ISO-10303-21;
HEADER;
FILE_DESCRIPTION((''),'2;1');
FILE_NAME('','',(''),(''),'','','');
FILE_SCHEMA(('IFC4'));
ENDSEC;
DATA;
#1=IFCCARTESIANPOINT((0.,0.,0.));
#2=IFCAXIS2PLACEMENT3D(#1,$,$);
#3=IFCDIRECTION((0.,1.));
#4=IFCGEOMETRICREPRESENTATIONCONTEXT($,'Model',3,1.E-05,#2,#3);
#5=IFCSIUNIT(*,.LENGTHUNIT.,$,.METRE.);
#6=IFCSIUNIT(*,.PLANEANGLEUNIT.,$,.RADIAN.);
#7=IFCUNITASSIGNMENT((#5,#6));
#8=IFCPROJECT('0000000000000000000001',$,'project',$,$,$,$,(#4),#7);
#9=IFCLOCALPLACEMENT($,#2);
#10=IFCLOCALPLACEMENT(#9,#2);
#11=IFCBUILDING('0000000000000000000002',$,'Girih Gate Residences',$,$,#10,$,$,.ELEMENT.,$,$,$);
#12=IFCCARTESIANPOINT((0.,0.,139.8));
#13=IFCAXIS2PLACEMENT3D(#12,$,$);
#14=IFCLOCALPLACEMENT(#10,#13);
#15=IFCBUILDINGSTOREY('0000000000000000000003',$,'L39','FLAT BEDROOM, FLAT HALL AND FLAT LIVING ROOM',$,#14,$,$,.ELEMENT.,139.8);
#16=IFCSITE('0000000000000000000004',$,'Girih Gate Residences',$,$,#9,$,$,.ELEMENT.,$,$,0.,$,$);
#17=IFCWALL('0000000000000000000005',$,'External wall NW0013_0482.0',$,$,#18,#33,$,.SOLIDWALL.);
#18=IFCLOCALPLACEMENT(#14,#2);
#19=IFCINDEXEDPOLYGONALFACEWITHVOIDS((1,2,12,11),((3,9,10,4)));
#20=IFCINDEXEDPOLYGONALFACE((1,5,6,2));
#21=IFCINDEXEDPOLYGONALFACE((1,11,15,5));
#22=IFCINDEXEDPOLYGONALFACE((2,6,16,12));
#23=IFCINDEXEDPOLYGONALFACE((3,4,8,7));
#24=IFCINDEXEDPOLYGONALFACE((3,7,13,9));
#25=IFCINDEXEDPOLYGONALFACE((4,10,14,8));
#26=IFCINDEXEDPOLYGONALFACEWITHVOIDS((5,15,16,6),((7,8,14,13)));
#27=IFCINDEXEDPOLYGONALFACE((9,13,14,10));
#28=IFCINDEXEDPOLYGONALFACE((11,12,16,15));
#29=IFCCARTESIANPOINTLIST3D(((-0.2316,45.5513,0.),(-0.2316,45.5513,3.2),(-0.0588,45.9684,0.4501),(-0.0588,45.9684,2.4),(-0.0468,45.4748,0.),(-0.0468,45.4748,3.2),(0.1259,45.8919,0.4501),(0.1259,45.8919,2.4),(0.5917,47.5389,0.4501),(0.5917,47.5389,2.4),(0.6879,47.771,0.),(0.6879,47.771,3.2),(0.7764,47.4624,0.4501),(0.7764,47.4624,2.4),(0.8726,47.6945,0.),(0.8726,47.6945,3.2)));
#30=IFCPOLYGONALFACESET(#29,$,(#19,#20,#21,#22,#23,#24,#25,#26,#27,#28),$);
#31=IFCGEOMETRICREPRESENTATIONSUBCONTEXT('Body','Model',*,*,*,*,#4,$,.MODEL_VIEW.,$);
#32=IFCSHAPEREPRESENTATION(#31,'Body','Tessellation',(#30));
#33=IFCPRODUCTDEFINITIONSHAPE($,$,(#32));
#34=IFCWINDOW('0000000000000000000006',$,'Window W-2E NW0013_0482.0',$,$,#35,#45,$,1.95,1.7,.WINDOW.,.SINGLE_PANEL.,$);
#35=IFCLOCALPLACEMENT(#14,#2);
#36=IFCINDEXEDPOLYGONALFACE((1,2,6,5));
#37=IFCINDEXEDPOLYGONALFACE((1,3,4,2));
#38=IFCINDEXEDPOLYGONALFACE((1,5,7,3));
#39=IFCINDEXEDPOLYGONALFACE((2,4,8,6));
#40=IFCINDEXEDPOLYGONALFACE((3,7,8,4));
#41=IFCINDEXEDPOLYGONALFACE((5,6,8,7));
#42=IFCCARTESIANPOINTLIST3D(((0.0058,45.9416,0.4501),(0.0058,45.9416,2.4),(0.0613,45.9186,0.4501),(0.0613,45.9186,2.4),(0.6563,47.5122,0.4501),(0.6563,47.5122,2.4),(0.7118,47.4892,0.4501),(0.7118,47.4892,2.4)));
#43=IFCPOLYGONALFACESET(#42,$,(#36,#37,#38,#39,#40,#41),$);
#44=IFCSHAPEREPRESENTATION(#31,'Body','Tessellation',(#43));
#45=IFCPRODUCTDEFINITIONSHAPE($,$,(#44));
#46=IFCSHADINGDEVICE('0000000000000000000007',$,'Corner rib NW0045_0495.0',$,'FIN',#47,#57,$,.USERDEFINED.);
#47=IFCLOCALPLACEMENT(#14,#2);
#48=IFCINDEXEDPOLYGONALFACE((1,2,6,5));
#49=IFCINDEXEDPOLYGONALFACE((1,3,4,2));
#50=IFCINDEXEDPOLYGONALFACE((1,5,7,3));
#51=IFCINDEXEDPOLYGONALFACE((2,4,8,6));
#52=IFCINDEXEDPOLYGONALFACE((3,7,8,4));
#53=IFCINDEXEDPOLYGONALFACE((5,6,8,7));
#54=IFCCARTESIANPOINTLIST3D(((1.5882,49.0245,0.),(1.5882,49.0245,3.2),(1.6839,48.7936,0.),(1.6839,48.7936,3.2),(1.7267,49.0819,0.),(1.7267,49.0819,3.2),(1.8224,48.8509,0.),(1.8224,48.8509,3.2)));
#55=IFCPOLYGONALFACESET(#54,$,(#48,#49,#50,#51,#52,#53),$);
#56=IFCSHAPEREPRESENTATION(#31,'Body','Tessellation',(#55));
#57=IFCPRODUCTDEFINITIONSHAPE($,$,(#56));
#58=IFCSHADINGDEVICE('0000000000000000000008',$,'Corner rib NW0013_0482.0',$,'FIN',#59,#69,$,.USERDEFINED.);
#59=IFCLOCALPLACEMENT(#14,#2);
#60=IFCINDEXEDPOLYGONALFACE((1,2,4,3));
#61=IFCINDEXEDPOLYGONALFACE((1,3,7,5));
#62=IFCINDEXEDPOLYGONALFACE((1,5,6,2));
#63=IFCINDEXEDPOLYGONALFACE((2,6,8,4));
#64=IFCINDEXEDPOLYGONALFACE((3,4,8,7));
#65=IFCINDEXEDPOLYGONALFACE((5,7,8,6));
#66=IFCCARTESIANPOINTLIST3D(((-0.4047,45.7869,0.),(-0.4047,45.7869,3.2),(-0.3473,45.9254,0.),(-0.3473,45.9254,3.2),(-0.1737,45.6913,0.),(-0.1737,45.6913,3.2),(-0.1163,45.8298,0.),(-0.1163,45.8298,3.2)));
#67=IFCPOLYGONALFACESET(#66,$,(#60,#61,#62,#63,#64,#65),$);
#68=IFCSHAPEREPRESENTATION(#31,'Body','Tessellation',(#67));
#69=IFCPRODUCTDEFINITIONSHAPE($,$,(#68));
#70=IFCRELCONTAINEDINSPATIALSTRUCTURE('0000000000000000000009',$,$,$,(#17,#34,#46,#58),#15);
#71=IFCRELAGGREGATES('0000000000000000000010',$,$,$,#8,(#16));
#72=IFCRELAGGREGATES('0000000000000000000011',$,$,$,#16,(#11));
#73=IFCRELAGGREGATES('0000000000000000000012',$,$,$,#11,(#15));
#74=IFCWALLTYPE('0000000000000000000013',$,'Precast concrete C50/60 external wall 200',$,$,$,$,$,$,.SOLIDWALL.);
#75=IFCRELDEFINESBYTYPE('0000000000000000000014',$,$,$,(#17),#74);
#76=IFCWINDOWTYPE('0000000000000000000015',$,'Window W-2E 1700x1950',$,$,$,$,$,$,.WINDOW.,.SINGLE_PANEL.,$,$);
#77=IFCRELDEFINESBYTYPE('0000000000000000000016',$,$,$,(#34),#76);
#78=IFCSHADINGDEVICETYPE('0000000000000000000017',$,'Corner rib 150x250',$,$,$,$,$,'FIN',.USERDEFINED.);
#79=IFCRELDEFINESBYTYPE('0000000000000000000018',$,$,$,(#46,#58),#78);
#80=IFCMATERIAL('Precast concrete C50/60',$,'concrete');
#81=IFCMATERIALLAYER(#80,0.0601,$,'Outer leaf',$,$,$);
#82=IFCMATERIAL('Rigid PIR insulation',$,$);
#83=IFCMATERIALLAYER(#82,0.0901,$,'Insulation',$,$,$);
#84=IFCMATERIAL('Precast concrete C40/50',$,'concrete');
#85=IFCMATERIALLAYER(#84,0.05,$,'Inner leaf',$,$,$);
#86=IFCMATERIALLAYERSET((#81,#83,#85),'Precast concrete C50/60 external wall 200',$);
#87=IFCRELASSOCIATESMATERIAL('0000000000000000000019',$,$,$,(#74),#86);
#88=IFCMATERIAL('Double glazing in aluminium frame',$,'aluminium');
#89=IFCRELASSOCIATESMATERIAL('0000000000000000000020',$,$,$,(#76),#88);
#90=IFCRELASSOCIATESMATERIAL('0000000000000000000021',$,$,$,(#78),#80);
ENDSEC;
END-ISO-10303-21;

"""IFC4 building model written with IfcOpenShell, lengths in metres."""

from ifc_helpers import new_model, si_unit, direction, frame, frame_2d, origin, origin_2d, place, context, subcontext, project, spatial, rectangle, extrude, material, layer, layer_set, type_object, element, fill, save


model = new_model("IFC4")

# Units and contexts
model_context = context("Model", 3, precision=1e-05, world=origin(), true_north=direction((0.0, 1.0)))
body_context = subcontext(model_context, "Body", "Model", "MODEL_VIEW")
ifc_project = project(units=[si_unit("LENGTHUNIT", "METRE"), si_unit("PLANEANGLEUNIT", "RADIAN")], contexts=[model_context])

# Site, building, storey
site_placement = place(None, origin())
site = spatial("IfcSite", under=ifc_project, at=site_placement, Name="Girih Gate Residences", CompositionType="ELEMENT", RefElevation=0.0)
building_placement = place(site_placement, origin())
building = spatial("IfcBuilding", under=site, at=building_placement, Name="Girih Gate Residences", CompositionType="ELEMENT")
storey_placement = place(building_placement, frame((0.0, 0.0, 139.8)))
storey = spatial("IfcBuildingStorey", under=building, at=storey_placement, Name="L39", Description="FLAT BEDROOM, FLAT HALL AND FLAT LIVING ROOM", CompositionType="ELEMENT", Elevation=139.8)

# Wall, opening, window
ifc_material_1 = material(Name="Precast concrete C50/60", Category="concrete")
ifc_layer_1 = layer(ifc_material_1, 0.0601, Name="Outer leaf")
ifc_material_2 = material(Name="Rigid PIR insulation")
ifc_layer_2 = layer(ifc_material_2, 0.0901, Name="Insulation")
ifc_material_3 = material(Name="Precast concrete C40/50", Category="concrete")
ifc_layer_3 = layer(ifc_material_3, 0.05, Name="Inner leaf")
ifc_layer_set = layer_set([ifc_layer_1, ifc_layer_2, ifc_layer_3], Name="Precast concrete C50/60 external wall 200")
wall_type = type_object("IfcWallType", Name="Precast concrete C50/60 external wall 200", PredefinedType="SOLIDWALL", material=ifc_layer_set)
ifc_material_4 = material(Name="Double glazing in aluminium frame", Category="aluminium")
window_type_1 = type_object("IfcWindowType", Name="Window W-2E 1700x1950", PartitioningType="SINGLE_PANEL", PredefinedType="WINDOW", material=ifc_material_4)
wall_1_placement = place(storey_placement, frame((-0.1392, 45.5132, 0.0), z_axis=(0.0, 0.0, 1.0), x_axis=(0.382681, 0.923881, 0.0)))
wall_1 = element("IfcWall", 1, at=wall_1_placement, inside=storey, type_object=wall_type, Name="External wall NW0013_0482.0", PredefinedType="SOLIDWALL", context=body_context, shape_type="SweptSolid", body=[
    extrude(rectangle(XDim=2.4026, YDim=0.2, at=frame_2d((1.2012, 0.0))), origin(), (0.0, 0.0, 1.0), 3.2),
])
opening_1_placement = place(wall_1_placement, frame((0.4512, 0.0, 0.45)))
opening_1 = element("IfcOpeningElement", 2, at=opening_1_placement, cuts=wall_1, PredefinedType="OPENING", context=body_context, shape_type="SweptSolid", body=[
    extrude(rectangle(XDim=1.7, YDim=1.95, at=frame_2d((0.8501, 0.9751))), frame((0.0, 0.1099, 0.0), z_axis=(0.0, -1.0, 0.0), x_axis=(1.0, 0.0, 0.0)), (0.0, 0.0, 1.0), 0.22),
])
window_1_placement = place(opening_1_placement, origin())
window_1 = element("IfcWindow", 3, at=window_1_placement, inside=storey, type_object=window_type_1, Name="Window W-2E NW0013_0482.0", OverallHeight=1.95, OverallWidth=1.7, PartitioningType="SINGLE_PANEL", PredefinedType="WINDOW", context=body_context, shape_type="SweptSolid", body=[
    extrude(rectangle(XDim=1.7, YDim=1.95, at=frame_2d((0.8501, 0.9751))), frame((0.0, 0.03, 0.0), z_axis=(0.0, -1.0, 0.0), x_axis=(1.0, 0.0, 0.0)), (0.0, 0.0, 1.0), 0.0601),
])
fill(opening_1, window_1)

# Shading devices
shading_device_type = type_object("IfcShadingDeviceType", Name="Corner rib 150x250", ElementType="FIN", PredefinedType="USERDEFINED", material=ifc_material_1)
for number, where, z_axis, x_axis, name in (
    (4, (1.7053, 48.9377, 0.0), (0.0, 0.0, 1.0), (-0.92388, -0.382683, 0.0), "Corner rib NW0045_0495.0"),
    (5, (-0.2605, 45.8083, 0.0), (0.0, 0.0, 1.0), (-0.382683, -0.92388, 0.0), "Corner rib NW0013_0482.0"),
):
    element("IfcShadingDevice", number, at=place(storey_placement, frame(where, z_axis=z_axis, x_axis=x_axis)), inside=storey, type_object=shading_device_type, Name=name, ObjectType="FIN", PredefinedType="USERDEFINED", context=body_context, shape_type="SweptSolid", body=[
        extrude(rectangle(XDim=0.1499, YDim=0.25, at=origin_2d()), origin(), (0.0, 0.0, 1.0), 3.2),
    ])

save(model, "model.ifc")
